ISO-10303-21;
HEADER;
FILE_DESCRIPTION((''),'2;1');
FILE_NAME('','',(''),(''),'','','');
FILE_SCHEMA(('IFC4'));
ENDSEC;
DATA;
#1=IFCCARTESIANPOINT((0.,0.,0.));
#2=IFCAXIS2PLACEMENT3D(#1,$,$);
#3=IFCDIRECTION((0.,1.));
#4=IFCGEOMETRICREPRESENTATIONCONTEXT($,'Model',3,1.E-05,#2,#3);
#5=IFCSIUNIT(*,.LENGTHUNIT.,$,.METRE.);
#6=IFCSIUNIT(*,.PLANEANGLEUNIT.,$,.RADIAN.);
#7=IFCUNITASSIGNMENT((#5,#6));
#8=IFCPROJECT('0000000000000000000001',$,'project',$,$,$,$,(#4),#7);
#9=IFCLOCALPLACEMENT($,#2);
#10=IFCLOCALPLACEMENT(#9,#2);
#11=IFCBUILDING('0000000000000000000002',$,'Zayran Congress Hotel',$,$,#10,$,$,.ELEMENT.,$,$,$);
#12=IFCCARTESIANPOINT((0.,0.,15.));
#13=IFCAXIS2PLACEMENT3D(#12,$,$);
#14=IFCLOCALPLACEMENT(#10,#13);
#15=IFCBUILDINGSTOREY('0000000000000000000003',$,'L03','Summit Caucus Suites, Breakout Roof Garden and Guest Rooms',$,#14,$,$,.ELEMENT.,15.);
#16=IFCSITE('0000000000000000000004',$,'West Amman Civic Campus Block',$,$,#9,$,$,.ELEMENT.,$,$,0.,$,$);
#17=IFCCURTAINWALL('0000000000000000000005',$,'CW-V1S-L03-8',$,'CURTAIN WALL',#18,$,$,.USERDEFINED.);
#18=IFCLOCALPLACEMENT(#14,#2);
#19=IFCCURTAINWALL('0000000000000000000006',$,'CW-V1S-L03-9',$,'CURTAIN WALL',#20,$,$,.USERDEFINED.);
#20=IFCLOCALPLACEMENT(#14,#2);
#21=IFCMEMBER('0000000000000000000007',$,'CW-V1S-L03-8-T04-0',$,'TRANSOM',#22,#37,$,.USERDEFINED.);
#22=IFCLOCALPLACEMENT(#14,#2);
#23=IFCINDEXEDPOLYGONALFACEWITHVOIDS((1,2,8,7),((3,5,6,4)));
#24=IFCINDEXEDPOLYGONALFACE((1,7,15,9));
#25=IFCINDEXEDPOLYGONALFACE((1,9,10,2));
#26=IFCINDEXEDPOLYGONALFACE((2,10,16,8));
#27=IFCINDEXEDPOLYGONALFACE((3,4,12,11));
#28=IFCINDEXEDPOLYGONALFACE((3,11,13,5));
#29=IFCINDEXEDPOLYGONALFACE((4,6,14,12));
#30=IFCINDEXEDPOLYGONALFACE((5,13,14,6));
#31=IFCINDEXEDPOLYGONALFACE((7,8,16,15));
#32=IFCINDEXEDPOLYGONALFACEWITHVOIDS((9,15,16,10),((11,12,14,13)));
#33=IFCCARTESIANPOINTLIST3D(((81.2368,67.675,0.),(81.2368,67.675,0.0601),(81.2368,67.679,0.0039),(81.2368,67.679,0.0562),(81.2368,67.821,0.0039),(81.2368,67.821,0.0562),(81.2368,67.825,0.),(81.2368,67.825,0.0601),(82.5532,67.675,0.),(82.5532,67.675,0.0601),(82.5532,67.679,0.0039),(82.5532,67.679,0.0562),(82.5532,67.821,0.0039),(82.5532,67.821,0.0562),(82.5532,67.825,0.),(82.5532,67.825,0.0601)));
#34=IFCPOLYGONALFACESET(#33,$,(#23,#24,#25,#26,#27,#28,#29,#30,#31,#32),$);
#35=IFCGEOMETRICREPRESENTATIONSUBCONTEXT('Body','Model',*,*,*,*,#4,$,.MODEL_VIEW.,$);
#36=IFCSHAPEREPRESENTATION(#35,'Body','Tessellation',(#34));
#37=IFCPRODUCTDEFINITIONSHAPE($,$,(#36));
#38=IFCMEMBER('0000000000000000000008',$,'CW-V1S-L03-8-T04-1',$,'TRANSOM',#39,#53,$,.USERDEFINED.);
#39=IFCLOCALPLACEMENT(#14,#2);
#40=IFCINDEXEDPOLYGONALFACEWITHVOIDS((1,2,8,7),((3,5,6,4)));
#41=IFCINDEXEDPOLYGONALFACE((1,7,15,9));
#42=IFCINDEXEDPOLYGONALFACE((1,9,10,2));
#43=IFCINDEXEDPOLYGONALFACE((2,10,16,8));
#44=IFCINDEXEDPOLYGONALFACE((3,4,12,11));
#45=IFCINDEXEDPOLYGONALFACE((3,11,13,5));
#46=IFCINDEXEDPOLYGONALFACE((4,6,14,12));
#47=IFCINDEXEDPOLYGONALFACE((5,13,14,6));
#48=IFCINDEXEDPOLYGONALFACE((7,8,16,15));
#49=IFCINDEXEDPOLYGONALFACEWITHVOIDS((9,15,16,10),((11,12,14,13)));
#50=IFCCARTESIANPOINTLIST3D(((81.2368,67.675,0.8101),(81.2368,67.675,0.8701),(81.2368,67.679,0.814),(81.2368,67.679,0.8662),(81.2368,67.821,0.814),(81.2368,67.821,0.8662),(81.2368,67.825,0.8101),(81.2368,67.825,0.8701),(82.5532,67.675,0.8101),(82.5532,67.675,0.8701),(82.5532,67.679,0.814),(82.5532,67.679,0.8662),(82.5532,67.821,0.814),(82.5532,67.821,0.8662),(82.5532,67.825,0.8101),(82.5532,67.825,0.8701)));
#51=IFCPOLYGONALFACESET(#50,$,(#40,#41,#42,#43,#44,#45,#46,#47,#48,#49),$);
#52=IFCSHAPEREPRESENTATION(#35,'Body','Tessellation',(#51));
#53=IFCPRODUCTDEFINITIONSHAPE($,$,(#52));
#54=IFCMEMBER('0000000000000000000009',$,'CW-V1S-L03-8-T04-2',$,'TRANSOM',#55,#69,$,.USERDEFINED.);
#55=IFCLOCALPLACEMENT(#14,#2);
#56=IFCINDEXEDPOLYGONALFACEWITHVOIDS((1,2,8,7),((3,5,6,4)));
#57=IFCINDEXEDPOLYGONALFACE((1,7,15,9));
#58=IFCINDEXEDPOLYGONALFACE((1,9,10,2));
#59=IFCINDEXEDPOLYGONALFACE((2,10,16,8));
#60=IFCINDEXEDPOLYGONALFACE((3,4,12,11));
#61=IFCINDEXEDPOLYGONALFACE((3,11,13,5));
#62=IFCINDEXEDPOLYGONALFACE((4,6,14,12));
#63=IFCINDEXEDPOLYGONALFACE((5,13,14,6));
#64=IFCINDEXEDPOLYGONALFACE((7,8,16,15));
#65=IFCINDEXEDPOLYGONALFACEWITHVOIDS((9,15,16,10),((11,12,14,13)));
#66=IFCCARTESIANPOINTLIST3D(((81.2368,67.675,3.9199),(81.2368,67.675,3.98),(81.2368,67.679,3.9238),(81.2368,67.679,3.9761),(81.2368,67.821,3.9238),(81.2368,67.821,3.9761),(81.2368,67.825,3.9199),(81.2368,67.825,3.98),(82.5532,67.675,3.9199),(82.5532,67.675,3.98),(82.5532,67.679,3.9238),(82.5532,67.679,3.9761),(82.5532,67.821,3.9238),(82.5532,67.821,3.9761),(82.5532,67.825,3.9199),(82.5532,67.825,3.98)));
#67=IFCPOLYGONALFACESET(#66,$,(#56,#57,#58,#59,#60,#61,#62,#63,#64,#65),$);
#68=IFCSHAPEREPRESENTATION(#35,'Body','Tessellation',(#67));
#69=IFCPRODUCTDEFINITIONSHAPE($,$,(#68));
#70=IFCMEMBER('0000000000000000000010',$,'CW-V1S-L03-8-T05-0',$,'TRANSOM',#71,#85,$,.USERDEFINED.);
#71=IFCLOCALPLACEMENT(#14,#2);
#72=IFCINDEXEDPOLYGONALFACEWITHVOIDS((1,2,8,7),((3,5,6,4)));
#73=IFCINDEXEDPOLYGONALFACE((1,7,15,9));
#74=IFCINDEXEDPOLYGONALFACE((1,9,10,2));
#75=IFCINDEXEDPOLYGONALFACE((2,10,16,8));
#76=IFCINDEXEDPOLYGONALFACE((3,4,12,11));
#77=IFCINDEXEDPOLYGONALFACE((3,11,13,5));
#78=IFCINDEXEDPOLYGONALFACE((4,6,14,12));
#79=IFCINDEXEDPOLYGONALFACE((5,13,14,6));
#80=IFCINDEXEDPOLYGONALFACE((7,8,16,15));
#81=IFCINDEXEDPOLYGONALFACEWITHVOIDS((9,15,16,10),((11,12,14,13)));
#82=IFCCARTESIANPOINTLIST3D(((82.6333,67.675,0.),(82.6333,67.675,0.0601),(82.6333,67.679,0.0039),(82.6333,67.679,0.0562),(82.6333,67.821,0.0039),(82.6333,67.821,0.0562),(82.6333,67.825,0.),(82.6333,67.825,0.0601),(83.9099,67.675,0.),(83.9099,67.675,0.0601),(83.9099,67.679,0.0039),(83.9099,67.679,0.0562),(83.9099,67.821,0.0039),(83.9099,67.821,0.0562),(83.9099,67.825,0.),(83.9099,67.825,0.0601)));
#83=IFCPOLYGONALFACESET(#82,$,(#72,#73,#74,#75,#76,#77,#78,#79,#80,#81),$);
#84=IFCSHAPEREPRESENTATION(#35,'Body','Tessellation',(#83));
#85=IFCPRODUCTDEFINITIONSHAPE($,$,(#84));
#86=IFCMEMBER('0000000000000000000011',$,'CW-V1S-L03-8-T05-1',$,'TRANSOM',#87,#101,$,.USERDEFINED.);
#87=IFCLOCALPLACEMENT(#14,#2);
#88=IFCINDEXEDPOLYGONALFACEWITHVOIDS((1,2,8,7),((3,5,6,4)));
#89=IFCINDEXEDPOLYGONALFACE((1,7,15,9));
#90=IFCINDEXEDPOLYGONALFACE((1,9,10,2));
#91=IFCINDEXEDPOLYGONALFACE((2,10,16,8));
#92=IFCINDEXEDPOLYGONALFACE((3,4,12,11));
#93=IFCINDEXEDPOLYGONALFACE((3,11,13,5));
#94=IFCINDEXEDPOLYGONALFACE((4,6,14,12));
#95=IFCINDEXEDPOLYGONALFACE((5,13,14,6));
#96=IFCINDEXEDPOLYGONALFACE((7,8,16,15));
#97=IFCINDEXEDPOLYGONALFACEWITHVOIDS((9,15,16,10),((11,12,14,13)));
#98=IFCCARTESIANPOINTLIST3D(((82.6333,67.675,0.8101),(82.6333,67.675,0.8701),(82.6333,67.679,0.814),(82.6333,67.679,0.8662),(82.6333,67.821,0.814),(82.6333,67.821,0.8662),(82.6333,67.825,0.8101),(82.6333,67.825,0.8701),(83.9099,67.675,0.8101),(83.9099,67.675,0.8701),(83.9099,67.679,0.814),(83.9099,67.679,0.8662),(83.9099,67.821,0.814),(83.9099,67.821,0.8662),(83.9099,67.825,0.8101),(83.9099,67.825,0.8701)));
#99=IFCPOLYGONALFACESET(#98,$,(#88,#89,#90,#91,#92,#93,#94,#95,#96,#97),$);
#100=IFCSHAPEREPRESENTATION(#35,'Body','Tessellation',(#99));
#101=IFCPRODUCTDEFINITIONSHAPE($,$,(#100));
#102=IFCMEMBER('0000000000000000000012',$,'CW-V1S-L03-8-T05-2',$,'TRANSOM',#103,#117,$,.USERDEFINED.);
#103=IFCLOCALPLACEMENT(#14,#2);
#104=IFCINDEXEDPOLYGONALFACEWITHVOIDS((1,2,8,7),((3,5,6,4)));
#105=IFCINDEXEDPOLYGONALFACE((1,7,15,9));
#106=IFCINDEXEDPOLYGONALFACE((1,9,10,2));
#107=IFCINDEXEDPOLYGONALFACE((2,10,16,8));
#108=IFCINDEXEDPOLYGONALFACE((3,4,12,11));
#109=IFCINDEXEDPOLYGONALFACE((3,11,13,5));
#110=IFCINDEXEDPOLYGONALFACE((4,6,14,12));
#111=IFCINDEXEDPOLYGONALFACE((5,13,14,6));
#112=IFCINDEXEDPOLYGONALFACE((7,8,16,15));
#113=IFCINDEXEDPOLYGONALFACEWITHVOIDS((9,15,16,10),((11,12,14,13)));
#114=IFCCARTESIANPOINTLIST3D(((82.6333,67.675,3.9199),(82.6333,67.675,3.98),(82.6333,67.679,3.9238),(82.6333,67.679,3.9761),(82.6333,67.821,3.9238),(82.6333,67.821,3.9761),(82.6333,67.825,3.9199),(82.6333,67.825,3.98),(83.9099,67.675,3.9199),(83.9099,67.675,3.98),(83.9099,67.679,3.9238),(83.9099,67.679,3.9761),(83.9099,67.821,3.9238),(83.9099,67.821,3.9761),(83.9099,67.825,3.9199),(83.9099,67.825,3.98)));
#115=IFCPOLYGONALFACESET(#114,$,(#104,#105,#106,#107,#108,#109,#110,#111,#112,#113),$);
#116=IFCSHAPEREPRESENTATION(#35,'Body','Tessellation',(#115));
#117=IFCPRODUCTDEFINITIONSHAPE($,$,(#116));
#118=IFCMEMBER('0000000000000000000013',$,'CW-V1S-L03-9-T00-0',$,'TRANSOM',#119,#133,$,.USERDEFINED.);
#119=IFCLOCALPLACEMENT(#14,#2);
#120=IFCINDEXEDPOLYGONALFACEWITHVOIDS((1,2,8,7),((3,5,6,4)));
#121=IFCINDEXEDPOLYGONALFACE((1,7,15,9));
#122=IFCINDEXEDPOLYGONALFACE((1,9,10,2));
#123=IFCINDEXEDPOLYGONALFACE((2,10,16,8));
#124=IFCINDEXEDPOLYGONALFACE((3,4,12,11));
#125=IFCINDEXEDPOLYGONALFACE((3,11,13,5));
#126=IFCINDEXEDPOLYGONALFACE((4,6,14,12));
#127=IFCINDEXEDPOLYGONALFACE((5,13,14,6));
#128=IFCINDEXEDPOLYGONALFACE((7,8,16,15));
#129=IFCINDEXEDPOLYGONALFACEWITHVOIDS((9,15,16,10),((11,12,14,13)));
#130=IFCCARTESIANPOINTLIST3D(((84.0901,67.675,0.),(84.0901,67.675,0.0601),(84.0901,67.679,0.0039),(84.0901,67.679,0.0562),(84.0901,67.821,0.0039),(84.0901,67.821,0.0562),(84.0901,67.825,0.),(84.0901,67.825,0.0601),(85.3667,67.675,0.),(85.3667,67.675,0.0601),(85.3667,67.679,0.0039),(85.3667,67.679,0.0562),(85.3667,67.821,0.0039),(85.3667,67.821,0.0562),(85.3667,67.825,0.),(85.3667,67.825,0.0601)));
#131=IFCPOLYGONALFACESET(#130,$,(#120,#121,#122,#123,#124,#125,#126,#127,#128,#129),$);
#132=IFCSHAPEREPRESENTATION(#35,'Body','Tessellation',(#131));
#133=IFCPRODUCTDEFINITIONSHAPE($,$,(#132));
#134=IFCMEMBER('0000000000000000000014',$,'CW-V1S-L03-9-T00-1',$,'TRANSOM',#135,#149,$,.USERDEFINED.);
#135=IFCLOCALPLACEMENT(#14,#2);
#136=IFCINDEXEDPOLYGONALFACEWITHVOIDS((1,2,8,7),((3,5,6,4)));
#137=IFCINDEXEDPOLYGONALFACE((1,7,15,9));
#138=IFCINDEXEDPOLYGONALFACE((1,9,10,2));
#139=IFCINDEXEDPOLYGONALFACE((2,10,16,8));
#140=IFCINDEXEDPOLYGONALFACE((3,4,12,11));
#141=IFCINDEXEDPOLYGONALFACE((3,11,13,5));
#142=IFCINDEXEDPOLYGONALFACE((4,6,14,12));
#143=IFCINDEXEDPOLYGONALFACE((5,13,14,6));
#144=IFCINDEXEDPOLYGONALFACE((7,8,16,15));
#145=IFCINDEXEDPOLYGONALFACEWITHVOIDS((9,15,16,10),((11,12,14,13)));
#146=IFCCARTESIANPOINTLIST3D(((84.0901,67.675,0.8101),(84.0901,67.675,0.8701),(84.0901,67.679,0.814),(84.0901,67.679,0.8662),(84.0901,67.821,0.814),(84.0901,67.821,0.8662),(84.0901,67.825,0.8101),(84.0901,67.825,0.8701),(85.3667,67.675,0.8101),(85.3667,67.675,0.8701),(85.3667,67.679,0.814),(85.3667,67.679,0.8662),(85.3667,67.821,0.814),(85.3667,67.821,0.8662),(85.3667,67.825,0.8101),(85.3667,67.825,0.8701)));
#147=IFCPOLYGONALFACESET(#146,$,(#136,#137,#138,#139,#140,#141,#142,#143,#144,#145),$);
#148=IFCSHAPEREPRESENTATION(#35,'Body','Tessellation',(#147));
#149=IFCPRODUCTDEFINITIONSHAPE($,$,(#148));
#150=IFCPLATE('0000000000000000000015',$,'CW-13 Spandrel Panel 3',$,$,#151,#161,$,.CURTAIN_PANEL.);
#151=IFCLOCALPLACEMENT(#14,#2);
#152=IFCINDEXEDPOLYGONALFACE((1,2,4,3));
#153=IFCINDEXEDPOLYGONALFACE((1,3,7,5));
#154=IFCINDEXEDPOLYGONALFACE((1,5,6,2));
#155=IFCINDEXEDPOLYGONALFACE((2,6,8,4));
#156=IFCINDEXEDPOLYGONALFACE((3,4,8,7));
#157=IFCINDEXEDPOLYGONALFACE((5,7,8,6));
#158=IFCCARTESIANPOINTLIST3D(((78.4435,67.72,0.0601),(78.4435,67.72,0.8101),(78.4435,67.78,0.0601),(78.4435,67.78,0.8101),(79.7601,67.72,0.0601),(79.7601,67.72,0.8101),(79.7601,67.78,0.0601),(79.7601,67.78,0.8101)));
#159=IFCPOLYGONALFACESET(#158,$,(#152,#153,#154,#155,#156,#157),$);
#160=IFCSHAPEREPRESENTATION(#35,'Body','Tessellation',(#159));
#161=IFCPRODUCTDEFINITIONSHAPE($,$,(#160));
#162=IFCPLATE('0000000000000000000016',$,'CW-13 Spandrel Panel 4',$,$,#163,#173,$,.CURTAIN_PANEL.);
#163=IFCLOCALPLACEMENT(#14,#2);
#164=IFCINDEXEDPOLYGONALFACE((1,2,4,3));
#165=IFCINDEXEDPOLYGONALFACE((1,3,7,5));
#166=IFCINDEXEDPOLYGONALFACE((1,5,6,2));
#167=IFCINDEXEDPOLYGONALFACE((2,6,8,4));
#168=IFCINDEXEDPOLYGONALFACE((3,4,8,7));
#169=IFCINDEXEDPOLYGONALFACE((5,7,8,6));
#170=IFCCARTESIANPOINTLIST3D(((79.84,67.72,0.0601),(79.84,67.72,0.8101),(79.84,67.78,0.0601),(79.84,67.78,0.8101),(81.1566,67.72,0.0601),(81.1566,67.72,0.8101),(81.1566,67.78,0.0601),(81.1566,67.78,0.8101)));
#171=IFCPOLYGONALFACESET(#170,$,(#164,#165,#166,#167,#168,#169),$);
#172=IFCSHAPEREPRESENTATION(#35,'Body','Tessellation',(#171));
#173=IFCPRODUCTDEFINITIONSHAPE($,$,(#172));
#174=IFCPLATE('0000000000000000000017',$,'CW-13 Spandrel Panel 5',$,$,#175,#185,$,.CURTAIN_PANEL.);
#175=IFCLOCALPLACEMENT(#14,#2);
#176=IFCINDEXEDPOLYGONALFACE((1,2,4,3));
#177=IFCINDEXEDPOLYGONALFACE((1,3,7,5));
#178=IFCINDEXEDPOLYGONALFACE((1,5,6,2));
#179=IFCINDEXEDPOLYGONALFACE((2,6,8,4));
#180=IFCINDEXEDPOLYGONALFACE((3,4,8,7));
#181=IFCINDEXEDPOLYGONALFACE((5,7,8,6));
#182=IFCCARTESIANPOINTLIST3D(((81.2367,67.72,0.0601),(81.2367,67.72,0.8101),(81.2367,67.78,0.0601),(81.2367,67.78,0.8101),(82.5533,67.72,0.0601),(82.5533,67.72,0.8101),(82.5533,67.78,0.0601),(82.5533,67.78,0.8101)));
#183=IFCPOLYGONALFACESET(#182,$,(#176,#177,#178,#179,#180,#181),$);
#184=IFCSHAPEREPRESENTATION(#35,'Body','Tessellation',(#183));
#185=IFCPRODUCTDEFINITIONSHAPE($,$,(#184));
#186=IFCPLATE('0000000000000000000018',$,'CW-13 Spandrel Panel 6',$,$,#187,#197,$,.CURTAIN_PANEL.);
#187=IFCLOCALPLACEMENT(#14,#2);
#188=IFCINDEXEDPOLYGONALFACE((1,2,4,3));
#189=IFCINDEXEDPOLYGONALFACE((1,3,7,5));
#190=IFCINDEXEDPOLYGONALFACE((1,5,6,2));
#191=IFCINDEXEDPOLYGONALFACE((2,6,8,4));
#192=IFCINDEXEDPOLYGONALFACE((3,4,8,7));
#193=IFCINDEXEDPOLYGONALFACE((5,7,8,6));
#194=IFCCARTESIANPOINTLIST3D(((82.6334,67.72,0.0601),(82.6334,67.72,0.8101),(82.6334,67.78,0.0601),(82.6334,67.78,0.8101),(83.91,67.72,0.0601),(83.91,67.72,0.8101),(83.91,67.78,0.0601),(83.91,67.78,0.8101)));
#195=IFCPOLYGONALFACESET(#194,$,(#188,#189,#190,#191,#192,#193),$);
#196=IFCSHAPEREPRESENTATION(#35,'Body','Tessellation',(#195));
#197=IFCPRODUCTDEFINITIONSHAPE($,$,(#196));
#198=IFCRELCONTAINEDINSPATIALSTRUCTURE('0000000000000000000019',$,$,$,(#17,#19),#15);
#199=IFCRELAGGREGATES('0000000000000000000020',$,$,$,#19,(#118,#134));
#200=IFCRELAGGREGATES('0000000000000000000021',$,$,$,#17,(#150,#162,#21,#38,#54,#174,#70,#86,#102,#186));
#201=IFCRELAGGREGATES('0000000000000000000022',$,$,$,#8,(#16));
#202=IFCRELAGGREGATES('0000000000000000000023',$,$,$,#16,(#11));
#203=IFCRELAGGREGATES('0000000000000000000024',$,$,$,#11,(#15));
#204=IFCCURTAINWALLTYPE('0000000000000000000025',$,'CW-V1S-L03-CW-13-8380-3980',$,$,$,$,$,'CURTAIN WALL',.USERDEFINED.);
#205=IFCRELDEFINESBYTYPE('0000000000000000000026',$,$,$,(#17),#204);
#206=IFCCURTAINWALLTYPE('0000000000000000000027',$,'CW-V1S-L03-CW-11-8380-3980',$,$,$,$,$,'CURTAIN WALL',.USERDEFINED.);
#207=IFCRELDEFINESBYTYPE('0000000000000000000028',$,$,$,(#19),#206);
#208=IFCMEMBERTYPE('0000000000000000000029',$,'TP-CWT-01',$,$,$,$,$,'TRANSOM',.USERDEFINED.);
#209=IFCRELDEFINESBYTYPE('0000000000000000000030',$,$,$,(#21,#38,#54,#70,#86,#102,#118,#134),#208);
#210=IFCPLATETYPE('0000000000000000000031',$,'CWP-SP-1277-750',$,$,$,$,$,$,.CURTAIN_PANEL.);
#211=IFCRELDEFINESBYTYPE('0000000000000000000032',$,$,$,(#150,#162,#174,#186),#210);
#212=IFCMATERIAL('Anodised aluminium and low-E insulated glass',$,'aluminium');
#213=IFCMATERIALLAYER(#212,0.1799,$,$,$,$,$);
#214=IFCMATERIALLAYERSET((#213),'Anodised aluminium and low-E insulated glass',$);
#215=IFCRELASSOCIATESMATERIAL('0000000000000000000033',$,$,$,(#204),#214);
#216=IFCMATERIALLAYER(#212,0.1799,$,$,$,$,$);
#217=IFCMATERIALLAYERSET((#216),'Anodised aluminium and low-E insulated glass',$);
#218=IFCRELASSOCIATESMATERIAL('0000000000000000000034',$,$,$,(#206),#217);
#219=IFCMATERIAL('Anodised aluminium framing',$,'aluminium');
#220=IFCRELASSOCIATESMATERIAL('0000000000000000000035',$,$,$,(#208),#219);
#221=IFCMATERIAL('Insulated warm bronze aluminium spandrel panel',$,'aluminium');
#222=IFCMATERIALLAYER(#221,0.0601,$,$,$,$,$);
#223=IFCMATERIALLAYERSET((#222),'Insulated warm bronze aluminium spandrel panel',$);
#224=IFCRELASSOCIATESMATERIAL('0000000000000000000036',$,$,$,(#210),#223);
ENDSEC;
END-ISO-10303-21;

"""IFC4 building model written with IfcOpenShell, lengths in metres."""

from ifc_helpers import new_model, si_unit, direction, frame, origin, origin_2d, place, context, subcontext, project, spatial, rectangle, hollow_rectangle, extrude, material, layer, layer_set, material_profile, profile_set, type_object, element, aggregate, save


model = new_model("IFC4")

# Units and contexts
model_context = context("Model", 3, precision=1e-05, world=origin(), true_north=direction((0.0, 1.0)))
body_context = subcontext(model_context, "Body", "Model", "MODEL_VIEW")
ifc_project = project(units=[si_unit("LENGTHUNIT", "METRE"), si_unit("PLANEANGLEUNIT", "RADIAN")], contexts=[model_context])

# Site, building, storey
site_placement = place(None, origin())
site = spatial("IfcSite", under=ifc_project, at=site_placement, Name="West Amman Civic Campus Block", CompositionType="ELEMENT", RefElevation=0.0)
building_placement = place(site_placement, origin())
building = spatial("IfcBuilding", under=site, at=building_placement, Name="Zayran Congress Hotel", CompositionType="ELEMENT")
storey_placement = place(building_placement, frame((0.0, 0.0, 15.0)))
storey = spatial("IfcBuildingStorey", under=building, at=storey_placement, Name="L03", Description="Summit Caucus Suites, Breakout Roof Garden and Guest Rooms", CompositionType="ELEMENT", Elevation=15.0)

# Curtain wall
ifc_material_1 = material(Name="Anodised aluminium and low-E insulated glass", Category="aluminium")
ifc_layer_1 = layer(ifc_material_1, 0.1799)
ifc_layer_set_1 = layer_set([ifc_layer_1], Name="Anodised aluminium and low-E insulated glass")
curtain_wall_type_1 = type_object("IfcCurtainWallType", Name="CW-V1S-L03-CW-13-8380-3980", ElementType="CURTAIN WALL", PredefinedType="USERDEFINED", material=ifc_layer_set_1)
curtain_wall_1_placement = place(storey_placement, origin())
curtain_wall_1 = element("IfcCurtainWall", 1, at=curtain_wall_1_placement, inside=storey, type_object=curtain_wall_type_1, Name="CW-V1S-L03-8", ObjectType="CURTAIN WALL", PredefinedType="USERDEFINED")
ifc_material_2 = material(Name="Anodised aluminium framing", Category="aluminium")

# Curtain wall
ifc_layer_2 = layer(ifc_material_1, 0.1799)
ifc_layer_set_2 = layer_set([ifc_layer_2], Name="Anodised aluminium and low-E insulated glass")
curtain_wall_type_2 = type_object("IfcCurtainWallType", Name="CW-V1S-L03-CW-11-8380-3980", ElementType="CURTAIN WALL", PredefinedType="USERDEFINED", material=ifc_layer_set_2)
curtain_wall_2_placement = place(storey_placement, origin())
curtain_wall_2 = element("IfcCurtainWall", 2, at=curtain_wall_2_placement, inside=storey, type_object=curtain_wall_type_2, Name="CW-V1S-L03-9", ObjectType="CURTAIN WALL", PredefinedType="USERDEFINED")

# Members
ifc_material_profile_1 = material_profile(ifc_material_2, hollow_rectangle(XDim=0.0601, YDim=0.1499, WallThickness=0.0039, at=origin_2d()), Name="RHS 150x60x4")
ifc_profile_set_1 = profile_set([ifc_material_profile_1], Name="Anodised aluminium framing")
member_type_1 = type_object("IfcMemberType", Name="TP-CWT-01", ElementType="TRANSOM", PredefinedType="USERDEFINED", material=ifc_profile_set_1)
member_1_placement = place(storey_placement, frame((81.2368, 67.75, 0.03), z_axis=(1.0, 0.0, 0.0), x_axis=(0.0, 0.0, 1.0)))
member_1 = element("IfcMember", 3, at=member_1_placement, type_object=member_type_1, Name="CW-V1S-L03-8-T04-0", ObjectType="TRANSOM", PredefinedType="USERDEFINED", context=body_context, shape_type="SweptSolid", body=[
    extrude(hollow_rectangle(XDim=0.0601, YDim=0.1499, WallThickness=0.0039, at=origin_2d()), origin(), (0.0, 0.0, 1.0), 1.3164),
])
member_2_placement = place(storey_placement, frame((81.2368, 67.75, 0.8401), z_axis=(1.0, 0.0, 0.0), x_axis=(0.0, 0.0, 1.0)))
member_2 = element("IfcMember", 4, at=member_2_placement, type_object=member_type_1, Name="CW-V1S-L03-8-T04-1", ObjectType="TRANSOM", PredefinedType="USERDEFINED", context=body_context, shape_type="SweptSolid", body=[
    extrude(hollow_rectangle(XDim=0.0601, YDim=0.1499, WallThickness=0.0039, at=origin_2d()), origin(), (0.0, 0.0, 1.0), 1.3164),
])
member_3_placement = place(storey_placement, frame((81.2368, 67.75, 3.95), z_axis=(1.0, 0.0, 0.0), x_axis=(0.0, 0.0, 1.0)))
member_3 = element("IfcMember", 5, at=member_3_placement, type_object=member_type_1, Name="CW-V1S-L03-8-T04-2", ObjectType="TRANSOM", PredefinedType="USERDEFINED", context=body_context, shape_type="SweptSolid", body=[
    extrude(hollow_rectangle(XDim=0.0601, YDim=0.1499, WallThickness=0.0039, at=origin_2d()), origin(), (0.0, 0.0, 1.0), 1.3164),
])
member_4_placement = place(storey_placement, frame((82.6333, 67.75, 0.03), z_axis=(1.0, 0.0, 0.0), x_axis=(0.0, 0.0, 1.0)))
member_4 = element("IfcMember", 6, at=member_4_placement, type_object=member_type_1, Name="CW-V1S-L03-8-T05-0", ObjectType="TRANSOM", PredefinedType="USERDEFINED", context=body_context, shape_type="SweptSolid", body=[
    extrude(hollow_rectangle(XDim=0.0601, YDim=0.1499, WallThickness=0.0039, at=origin_2d()), origin(), (0.0, 0.0, 1.0), 1.2766),
])
member_5_placement = place(storey_placement, frame((82.6333, 67.75, 0.8401), z_axis=(1.0, 0.0, 0.0), x_axis=(0.0, 0.0, 1.0)))
member_5 = element("IfcMember", 7, at=member_5_placement, type_object=member_type_1, Name="CW-V1S-L03-8-T05-1", ObjectType="TRANSOM", PredefinedType="USERDEFINED", context=body_context, shape_type="SweptSolid", body=[
    extrude(hollow_rectangle(XDim=0.0601, YDim=0.1499, WallThickness=0.0039, at=origin_2d()), origin(), (0.0, 0.0, 1.0), 1.2766),
])
member_6_placement = place(storey_placement, frame((82.6333, 67.75, 3.95), z_axis=(1.0, 0.0, 0.0), x_axis=(0.0, 0.0, 1.0)))
member_6 = element("IfcMember", 8, at=member_6_placement, type_object=member_type_1, Name="CW-V1S-L03-8-T05-2", ObjectType="TRANSOM", PredefinedType="USERDEFINED", context=body_context, shape_type="SweptSolid", body=[
    extrude(hollow_rectangle(XDim=0.0601, YDim=0.1499, WallThickness=0.0039, at=origin_2d()), origin(), (0.0, 0.0, 1.0), 1.2766),
])
member_7_placement = place(storey_placement, frame((84.0901, 67.75, 0.03), z_axis=(1.0, 0.0, 0.0), x_axis=(0.0, 0.0, 1.0)))
member_7 = element("IfcMember", 9, at=member_7_placement, type_object=member_type_1, Name="CW-V1S-L03-9-T00-0", ObjectType="TRANSOM", PredefinedType="USERDEFINED", context=body_context, shape_type="SweptSolid", body=[
    extrude(hollow_rectangle(XDim=0.0601, YDim=0.1499, WallThickness=0.0039, at=origin_2d()), origin(), (0.0, 0.0, 1.0), 1.2766),
])
member_8_placement = place(storey_placement, frame((84.0901, 67.75, 0.8401), z_axis=(1.0, 0.0, 0.0), x_axis=(0.0, 0.0, 1.0)))
member_8 = element("IfcMember", 10, at=member_8_placement, type_object=member_type_1, Name="CW-V1S-L03-9-T00-1", ObjectType="TRANSOM", PredefinedType="USERDEFINED", context=body_context, shape_type="SweptSolid", body=[
    extrude(hollow_rectangle(XDim=0.0601, YDim=0.1499, WallThickness=0.0039, at=origin_2d()), origin(), (0.0, 0.0, 1.0), 1.2766),
])
aggregate(curtain_wall_2, [member_7, member_8])

# Plates
ifc_material_3 = material(Name="Insulated warm bronze aluminium spandrel panel", Category="aluminium")
ifc_layer_3 = layer(ifc_material_3, 0.0601)
ifc_layer_set_3 = layer_set([ifc_layer_3], Name="Insulated warm bronze aluminium spandrel panel")
plate_type_1 = type_object("IfcPlateType", Name="CWP-SP-1277-750", PredefinedType="CURTAIN_PANEL", material=ifc_layer_set_3)
plate_1_placement = place(storey_placement, frame((79.1018, 67.75, 0.0601), z_axis=(0.0, 0.0, 1.0), x_axis=(1.0, 0.0, 0.0)))
plate_1 = element("IfcPlate", 11, at=plate_1_placement, type_object=plate_type_1, Name="CW-13 Spandrel Panel 3", PredefinedType="CURTAIN_PANEL", context=body_context, shape_type="SweptSolid", body=[
    extrude(rectangle(XDim=1.3167, YDim=0.0601, at=origin_2d()), origin(), (0.0, 0.0, 1.0), 0.75),
])
plate_2_placement = place(storey_placement, frame((80.4983, 67.75, 0.0601), z_axis=(0.0, 0.0, 1.0), x_axis=(1.0, 0.0, 0.0)))
plate_2 = element("IfcPlate", 12, at=plate_2_placement, type_object=plate_type_1, Name="CW-13 Spandrel Panel 4", PredefinedType="CURTAIN_PANEL", context=body_context, shape_type="SweptSolid", body=[
    extrude(rectangle(XDim=1.3167, YDim=0.0601, at=origin_2d()), origin(), (0.0, 0.0, 1.0), 0.75),
])
plate_3_placement = place(storey_placement, frame((81.895, 67.75, 0.0601), z_axis=(0.0, 0.0, 1.0), x_axis=(1.0, 0.0, 0.0)))
plate_3 = element("IfcPlate", 13, at=plate_3_placement, type_object=plate_type_1, Name="CW-13 Spandrel Panel 5", PredefinedType="CURTAIN_PANEL", context=body_context, shape_type="SweptSolid", body=[
    extrude(rectangle(XDim=1.3167, YDim=0.0601, at=origin_2d()), origin(), (0.0, 0.0, 1.0), 0.75),
])
plate_4_placement = place(storey_placement, frame((83.2717, 67.75, 0.0601), z_axis=(0.0, 0.0, 1.0), x_axis=(1.0, 0.0, 0.0)))
plate_4 = element("IfcPlate", 14, at=plate_4_placement, type_object=plate_type_1, Name="CW-13 Spandrel Panel 6", PredefinedType="CURTAIN_PANEL", context=body_context, shape_type="SweptSolid", body=[
    extrude(rectangle(XDim=1.2766, YDim=0.0601, at=origin_2d()), origin(), (0.0, 0.0, 1.0), 0.75),
])
aggregate(curtain_wall_1, [plate_1, plate_2, member_1, member_2, member_3, plate_3, member_4, member_5, member_6, plate_4])

save(model, "model.ifc")
